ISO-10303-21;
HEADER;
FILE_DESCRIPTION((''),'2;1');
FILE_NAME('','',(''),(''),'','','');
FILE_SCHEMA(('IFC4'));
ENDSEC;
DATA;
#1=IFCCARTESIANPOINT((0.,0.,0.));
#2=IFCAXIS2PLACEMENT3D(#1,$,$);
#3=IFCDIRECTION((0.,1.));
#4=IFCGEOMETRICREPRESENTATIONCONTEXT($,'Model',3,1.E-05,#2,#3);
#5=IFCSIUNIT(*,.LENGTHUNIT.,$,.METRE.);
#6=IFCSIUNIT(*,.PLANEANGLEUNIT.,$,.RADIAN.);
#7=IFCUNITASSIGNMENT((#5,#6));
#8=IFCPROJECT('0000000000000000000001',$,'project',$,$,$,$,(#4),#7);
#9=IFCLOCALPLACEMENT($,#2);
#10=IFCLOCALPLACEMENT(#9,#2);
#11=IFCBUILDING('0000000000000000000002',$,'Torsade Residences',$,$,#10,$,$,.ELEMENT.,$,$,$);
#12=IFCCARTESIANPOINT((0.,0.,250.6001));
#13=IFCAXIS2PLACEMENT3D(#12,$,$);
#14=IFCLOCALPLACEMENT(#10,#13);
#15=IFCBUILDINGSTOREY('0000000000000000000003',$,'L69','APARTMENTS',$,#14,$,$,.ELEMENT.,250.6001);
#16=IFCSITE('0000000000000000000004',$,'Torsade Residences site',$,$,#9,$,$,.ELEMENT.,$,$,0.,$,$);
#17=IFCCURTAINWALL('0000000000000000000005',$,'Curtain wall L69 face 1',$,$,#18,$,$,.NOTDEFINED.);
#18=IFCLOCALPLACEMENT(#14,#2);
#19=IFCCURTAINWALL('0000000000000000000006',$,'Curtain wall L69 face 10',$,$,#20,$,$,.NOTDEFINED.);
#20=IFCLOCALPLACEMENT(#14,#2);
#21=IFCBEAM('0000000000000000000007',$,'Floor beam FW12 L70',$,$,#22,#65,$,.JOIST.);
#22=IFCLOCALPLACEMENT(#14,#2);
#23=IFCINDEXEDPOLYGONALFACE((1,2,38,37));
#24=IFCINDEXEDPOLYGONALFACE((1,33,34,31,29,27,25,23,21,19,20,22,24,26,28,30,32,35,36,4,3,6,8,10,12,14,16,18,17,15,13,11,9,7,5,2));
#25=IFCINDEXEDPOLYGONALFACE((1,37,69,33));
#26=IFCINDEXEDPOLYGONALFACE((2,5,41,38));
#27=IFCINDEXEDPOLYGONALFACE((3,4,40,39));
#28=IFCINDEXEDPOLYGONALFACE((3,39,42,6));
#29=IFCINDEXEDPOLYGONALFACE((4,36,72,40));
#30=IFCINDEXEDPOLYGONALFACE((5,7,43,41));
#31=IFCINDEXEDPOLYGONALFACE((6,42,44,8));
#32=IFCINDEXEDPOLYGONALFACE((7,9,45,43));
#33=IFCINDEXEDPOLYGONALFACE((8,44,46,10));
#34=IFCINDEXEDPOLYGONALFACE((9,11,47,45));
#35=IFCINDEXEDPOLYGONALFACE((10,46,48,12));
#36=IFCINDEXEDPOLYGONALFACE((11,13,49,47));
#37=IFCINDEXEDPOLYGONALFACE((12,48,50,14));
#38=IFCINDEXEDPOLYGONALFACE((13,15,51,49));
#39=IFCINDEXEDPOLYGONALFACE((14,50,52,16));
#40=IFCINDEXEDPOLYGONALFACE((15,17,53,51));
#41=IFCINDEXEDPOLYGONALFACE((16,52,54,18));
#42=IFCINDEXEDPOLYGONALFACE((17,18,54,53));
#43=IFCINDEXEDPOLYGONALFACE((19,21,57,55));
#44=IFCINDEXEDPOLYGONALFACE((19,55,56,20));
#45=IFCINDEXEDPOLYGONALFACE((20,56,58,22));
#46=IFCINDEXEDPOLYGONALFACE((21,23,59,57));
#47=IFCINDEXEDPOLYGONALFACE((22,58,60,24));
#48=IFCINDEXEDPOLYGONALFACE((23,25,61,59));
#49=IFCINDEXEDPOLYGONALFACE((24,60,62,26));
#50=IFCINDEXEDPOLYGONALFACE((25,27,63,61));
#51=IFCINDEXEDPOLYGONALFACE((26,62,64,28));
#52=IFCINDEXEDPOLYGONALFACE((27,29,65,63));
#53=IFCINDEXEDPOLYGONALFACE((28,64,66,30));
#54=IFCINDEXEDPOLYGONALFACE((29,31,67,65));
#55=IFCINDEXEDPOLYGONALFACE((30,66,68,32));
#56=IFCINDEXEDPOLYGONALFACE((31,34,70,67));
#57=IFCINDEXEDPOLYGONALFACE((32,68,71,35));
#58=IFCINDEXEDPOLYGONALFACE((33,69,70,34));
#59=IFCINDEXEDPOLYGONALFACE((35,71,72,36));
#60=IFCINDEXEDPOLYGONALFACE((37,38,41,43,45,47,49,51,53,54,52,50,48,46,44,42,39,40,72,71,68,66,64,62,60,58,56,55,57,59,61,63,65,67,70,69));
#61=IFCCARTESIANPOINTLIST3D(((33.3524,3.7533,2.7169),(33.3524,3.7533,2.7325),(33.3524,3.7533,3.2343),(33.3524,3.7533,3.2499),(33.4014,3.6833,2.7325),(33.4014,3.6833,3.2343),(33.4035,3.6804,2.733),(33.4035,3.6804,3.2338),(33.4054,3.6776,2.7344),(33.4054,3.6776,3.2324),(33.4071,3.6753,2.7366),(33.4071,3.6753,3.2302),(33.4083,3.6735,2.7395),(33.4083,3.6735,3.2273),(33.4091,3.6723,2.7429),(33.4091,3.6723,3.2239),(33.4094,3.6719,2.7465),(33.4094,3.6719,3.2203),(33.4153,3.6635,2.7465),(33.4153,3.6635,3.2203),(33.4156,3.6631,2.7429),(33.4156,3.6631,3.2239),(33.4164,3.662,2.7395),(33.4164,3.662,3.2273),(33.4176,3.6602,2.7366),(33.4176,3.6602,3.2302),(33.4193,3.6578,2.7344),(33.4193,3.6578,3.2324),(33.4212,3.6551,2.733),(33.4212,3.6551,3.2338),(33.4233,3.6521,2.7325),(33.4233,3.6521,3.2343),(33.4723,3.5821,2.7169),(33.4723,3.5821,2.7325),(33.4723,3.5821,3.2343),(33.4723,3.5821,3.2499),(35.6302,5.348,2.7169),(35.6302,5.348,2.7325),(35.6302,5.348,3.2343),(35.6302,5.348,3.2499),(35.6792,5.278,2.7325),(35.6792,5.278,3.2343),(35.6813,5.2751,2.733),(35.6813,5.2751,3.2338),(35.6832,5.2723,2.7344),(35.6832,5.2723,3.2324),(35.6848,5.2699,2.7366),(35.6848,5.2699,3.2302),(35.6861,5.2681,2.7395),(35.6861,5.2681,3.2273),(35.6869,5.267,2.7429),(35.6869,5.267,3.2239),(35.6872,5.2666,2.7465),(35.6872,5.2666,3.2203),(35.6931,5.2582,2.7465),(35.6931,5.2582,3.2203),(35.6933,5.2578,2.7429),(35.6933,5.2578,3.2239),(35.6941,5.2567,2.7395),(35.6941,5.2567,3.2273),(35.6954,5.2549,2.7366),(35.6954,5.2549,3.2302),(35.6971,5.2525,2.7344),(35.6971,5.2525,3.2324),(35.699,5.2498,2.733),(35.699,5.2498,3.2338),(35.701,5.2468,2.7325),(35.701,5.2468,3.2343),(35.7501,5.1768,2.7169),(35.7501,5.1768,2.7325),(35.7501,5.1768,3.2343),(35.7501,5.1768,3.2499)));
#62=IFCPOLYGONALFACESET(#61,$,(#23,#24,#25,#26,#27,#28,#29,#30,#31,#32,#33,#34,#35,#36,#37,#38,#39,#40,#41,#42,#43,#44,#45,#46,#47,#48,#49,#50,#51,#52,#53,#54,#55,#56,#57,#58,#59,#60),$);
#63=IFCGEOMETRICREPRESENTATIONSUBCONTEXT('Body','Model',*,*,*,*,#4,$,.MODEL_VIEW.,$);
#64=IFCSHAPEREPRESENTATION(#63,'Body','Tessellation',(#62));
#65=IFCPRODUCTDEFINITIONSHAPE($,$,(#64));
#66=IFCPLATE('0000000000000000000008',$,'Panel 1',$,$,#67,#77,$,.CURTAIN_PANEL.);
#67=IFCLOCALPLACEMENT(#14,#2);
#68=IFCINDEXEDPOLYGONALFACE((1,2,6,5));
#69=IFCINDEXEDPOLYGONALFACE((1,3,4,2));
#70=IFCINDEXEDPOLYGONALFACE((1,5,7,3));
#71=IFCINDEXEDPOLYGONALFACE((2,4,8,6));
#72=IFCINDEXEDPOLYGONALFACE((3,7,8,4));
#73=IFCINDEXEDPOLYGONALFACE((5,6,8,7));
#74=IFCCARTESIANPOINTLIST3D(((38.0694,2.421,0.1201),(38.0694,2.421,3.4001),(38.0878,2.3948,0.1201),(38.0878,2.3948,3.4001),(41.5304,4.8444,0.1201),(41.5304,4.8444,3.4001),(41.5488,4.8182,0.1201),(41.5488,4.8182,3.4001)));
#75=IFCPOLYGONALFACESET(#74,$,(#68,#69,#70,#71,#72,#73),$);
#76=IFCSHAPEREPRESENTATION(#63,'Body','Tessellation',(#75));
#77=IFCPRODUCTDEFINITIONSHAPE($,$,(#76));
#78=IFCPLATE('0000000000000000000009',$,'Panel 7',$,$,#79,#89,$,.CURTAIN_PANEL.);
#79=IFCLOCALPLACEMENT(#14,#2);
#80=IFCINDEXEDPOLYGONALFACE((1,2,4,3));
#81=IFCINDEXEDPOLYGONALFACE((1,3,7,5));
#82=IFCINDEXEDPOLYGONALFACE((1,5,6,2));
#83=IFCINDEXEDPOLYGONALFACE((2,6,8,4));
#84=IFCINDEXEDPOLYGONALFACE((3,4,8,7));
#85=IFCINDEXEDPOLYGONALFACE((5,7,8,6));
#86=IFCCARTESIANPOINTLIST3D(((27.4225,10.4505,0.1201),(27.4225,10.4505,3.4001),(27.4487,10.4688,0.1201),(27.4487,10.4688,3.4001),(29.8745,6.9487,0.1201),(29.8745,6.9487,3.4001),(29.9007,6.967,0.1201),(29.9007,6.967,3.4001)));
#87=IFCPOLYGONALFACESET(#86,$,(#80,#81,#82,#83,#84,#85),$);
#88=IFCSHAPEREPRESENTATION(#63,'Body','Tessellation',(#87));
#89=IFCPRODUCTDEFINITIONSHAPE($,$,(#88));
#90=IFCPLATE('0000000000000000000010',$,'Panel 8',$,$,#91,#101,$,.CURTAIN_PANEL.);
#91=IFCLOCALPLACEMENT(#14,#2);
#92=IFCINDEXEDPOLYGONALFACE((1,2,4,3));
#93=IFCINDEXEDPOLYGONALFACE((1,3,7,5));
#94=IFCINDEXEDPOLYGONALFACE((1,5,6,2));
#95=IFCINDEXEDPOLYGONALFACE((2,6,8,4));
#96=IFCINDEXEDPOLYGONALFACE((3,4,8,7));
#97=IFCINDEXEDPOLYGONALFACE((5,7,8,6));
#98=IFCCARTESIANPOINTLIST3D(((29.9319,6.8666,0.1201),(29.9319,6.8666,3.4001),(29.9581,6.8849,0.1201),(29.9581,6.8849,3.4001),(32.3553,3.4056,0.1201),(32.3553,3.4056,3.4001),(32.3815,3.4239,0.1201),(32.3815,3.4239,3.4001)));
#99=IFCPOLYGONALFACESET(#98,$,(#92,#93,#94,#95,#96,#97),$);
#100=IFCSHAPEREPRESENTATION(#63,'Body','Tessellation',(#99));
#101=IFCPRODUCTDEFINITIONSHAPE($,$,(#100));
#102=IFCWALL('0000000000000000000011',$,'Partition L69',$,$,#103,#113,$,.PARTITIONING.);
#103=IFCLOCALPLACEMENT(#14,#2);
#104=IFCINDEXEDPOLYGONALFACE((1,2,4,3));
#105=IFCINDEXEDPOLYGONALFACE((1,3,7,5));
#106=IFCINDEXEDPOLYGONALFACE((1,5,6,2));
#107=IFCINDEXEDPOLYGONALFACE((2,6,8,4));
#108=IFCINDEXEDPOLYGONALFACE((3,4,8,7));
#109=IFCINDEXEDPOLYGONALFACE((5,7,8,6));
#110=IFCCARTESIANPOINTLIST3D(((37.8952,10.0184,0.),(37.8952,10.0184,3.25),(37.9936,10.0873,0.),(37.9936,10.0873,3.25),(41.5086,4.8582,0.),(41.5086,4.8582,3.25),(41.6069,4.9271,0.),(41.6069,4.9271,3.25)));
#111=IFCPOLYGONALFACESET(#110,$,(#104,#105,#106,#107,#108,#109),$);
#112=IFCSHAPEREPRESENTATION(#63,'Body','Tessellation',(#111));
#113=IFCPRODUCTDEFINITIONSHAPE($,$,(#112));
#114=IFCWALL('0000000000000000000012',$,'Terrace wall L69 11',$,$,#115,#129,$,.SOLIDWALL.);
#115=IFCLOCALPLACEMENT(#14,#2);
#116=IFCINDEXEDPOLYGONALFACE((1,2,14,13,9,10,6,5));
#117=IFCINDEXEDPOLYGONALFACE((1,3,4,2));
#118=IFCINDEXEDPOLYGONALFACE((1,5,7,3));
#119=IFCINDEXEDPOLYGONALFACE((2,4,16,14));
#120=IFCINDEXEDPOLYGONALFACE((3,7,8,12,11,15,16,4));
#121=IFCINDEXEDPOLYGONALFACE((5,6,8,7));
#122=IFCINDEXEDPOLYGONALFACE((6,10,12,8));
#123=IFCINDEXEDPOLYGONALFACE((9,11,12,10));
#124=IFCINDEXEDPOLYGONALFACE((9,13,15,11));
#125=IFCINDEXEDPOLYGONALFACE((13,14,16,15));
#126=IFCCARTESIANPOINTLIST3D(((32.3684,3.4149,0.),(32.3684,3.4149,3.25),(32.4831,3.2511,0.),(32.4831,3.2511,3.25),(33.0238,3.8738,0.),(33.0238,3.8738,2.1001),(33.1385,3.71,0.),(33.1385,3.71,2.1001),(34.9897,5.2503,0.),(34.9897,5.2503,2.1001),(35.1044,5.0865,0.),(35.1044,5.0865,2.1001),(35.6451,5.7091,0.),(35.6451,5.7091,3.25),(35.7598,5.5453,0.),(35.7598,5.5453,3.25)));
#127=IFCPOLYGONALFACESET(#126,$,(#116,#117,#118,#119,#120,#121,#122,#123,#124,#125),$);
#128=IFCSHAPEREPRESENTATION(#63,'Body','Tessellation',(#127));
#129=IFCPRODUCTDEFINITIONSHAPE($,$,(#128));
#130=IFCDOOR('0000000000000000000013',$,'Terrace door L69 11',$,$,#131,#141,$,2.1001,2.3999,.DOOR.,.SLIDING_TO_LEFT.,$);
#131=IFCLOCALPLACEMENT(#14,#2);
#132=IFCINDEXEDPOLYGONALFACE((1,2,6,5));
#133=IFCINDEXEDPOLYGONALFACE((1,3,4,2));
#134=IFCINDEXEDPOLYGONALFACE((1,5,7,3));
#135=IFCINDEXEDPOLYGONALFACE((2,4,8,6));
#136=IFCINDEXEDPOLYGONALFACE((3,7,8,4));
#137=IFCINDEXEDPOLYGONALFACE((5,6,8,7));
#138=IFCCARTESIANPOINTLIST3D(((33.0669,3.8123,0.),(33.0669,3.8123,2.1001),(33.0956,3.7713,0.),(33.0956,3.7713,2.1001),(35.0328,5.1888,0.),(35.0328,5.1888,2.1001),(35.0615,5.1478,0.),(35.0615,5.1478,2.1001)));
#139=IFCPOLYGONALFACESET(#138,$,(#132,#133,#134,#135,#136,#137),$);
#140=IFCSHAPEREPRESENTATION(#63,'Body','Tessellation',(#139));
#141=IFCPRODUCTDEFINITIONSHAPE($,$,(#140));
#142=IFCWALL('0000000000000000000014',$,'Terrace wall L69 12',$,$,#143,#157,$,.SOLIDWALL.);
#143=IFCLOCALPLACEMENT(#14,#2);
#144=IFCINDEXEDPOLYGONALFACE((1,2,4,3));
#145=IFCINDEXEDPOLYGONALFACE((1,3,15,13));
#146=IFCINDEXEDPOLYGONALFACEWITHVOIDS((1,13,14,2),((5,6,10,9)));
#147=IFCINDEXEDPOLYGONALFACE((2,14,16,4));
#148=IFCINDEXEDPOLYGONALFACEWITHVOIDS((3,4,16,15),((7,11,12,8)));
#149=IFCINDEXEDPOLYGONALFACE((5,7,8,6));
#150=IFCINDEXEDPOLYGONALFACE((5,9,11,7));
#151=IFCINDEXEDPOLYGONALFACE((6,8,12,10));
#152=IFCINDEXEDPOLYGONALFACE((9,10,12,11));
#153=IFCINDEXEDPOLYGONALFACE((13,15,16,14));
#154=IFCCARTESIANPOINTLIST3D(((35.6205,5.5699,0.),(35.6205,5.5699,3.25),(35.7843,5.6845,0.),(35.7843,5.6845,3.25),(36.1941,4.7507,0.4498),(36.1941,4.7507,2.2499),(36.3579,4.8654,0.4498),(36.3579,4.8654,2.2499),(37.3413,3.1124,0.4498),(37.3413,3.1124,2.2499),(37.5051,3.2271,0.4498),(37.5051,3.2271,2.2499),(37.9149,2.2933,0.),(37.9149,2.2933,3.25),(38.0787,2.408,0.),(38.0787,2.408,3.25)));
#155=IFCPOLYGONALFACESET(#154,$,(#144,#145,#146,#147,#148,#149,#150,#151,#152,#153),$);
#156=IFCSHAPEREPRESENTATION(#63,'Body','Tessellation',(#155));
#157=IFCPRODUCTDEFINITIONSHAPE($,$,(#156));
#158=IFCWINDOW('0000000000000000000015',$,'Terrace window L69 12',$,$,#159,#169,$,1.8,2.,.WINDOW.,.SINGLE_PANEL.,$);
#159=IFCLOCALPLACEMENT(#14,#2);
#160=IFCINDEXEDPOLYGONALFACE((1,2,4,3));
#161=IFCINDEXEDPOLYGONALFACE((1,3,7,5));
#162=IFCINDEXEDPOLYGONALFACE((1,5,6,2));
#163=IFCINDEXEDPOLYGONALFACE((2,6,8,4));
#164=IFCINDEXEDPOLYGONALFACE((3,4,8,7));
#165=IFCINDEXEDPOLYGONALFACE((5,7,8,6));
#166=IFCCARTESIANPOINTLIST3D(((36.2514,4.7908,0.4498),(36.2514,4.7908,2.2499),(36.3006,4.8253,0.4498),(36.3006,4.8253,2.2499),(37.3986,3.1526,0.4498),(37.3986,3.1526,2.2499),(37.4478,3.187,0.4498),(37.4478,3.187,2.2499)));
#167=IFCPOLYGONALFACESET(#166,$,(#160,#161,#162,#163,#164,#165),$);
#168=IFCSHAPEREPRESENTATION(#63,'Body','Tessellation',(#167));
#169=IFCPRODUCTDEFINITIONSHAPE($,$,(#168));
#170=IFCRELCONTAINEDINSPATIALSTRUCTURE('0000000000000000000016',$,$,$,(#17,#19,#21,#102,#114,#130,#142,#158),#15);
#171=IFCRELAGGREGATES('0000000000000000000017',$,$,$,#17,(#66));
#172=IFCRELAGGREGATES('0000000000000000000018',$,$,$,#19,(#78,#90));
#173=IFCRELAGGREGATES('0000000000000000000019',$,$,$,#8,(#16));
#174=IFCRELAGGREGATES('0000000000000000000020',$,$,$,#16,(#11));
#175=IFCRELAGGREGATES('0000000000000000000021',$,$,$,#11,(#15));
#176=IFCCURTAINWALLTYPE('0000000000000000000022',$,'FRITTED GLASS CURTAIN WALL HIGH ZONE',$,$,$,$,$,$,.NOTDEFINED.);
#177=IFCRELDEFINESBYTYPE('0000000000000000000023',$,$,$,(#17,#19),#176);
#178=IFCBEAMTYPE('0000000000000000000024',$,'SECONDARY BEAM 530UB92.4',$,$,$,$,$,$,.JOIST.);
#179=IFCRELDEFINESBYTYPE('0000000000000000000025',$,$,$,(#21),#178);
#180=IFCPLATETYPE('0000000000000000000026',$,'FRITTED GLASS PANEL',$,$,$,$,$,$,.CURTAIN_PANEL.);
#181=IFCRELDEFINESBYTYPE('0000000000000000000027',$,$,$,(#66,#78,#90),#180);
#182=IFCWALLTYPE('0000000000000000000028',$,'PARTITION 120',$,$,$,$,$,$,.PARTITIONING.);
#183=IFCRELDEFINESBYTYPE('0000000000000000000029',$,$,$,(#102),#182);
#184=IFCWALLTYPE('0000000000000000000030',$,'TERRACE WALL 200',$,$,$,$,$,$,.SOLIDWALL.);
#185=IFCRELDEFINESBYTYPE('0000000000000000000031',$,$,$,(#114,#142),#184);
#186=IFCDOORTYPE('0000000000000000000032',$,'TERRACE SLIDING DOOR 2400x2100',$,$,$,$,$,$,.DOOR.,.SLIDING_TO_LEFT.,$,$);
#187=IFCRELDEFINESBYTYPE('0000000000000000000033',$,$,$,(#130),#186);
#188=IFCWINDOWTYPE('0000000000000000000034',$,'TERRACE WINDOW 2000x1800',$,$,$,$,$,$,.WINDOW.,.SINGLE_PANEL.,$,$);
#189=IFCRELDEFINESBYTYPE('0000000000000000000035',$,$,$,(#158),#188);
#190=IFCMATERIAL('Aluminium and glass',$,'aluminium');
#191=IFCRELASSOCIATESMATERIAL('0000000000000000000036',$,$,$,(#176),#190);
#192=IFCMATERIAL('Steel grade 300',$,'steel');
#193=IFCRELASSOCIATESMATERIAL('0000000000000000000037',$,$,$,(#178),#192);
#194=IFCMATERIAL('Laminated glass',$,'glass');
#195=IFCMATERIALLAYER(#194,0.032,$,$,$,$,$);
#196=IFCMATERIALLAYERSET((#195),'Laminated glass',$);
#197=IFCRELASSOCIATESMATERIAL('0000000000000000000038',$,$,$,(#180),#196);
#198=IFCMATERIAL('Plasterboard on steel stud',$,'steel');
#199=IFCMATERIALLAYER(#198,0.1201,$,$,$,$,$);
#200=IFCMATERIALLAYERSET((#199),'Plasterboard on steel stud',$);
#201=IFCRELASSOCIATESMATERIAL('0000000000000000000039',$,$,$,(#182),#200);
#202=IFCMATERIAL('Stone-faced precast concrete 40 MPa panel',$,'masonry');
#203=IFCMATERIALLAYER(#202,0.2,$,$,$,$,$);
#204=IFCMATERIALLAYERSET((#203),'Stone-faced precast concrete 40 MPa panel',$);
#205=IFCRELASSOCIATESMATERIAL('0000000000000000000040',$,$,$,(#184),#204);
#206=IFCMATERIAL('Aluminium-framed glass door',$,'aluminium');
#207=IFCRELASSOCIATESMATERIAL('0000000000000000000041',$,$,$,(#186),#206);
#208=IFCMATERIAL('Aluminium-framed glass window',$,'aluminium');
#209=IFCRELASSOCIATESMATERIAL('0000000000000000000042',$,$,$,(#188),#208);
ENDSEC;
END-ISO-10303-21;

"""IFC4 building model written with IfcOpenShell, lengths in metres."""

from ifc_helpers import new_model, si_unit, direction, frame, frame_2d, origin, origin_2d, place, context, subcontext, project, spatial, rectangle, i_section, extrude, material, layer, layer_set, material_profile, profile_set, type_object, element, fill, aggregate, save


model = new_model("IFC4")

# Units and contexts
model_context = context("Model", 3, precision=1e-05, world=origin(), true_north=direction((0.0, 1.0)))
body_context = subcontext(model_context, "Body", "Model", "MODEL_VIEW")
ifc_project = project(units=[si_unit("LENGTHUNIT", "METRE"), si_unit("PLANEANGLEUNIT", "RADIAN")], contexts=[model_context])

# Site, building, storey
site_placement = place(None, origin())
site = spatial("IfcSite", under=ifc_project, at=site_placement, Name="Torsade Residences site", CompositionType="ELEMENT", RefElevation=0.0)
building_placement = place(site_placement, origin())
building = spatial("IfcBuilding", under=site, at=building_placement, Name="Torsade Residences", CompositionType="ELEMENT")
storey_placement = place(building_placement, frame((0.0, 0.0, 250.6001)))
storey = spatial("IfcBuildingStorey", under=building, at=storey_placement, Name="L69", Description="APARTMENTS", CompositionType="ELEMENT", Elevation=250.6001)

# Curtain wall
ifc_material_1 = material(Name="Aluminium and glass", Category="aluminium")
curtain_wall_type = type_object("IfcCurtainWallType", Name="FRITTED GLASS CURTAIN WALL HIGH ZONE", PredefinedType="NOTDEFINED", material=ifc_material_1)
curtain_wall_1_placement = place(storey_placement, origin())
curtain_wall_1 = element("IfcCurtainWall", 1, at=curtain_wall_1_placement, inside=storey, type_object=curtain_wall_type, Name="Curtain wall L69 face 1", PredefinedType="NOTDEFINED")

# Curtain wall
curtain_wall_2_placement = place(storey_placement, origin())
curtain_wall_2 = element("IfcCurtainWall", 2, at=curtain_wall_2_placement, inside=storey, type_object=curtain_wall_type, Name="Curtain wall L69 face 10", PredefinedType="NOTDEFINED")

# Beam
ifc_material_2 = material(Name="Steel grade 300", Category="steel")
ifc_material_profile_1 = material_profile(ifc_material_2, i_section(OverallWidth=0.209, OverallDepth=0.533, WebThickness=0.0103, FlangeThickness=0.0156, FilletRadius=0.0139, at=origin_2d()), Name="530UB92.4")
ifc_profile_set_1 = profile_set([ifc_material_profile_1], Name="Steel grade 300")
beam_type_1 = type_object("IfcBeamType", Name="SECONDARY BEAM 530UB92.4", PredefinedType="JOIST", material=ifc_profile_set_1)
beam_1_placement = place(storey_placement, frame((33.4124, 3.6677, 2.9834), z_axis=(0.819191, 0.573521, 0.0), x_axis=(-0.573521, 0.819191, 0.0)))
element("IfcBeam", 3, at=beam_1_placement, inside=storey, type_object=beam_type_1, Name="Floor beam FW12 L70", PredefinedType="JOIST", context=body_context, shape_type="SweptSolid", body=[
    extrude(i_section(OverallWidth=0.209, OverallDepth=0.533, WebThickness=0.0103, FlangeThickness=0.0156, FilletRadius=0.0139, at=origin_2d()), origin(), (0.0, 0.0, 1.0), 2.7805),
])

# Plates
ifc_material_3 = material(Name="Laminated glass", Category="glass")
ifc_layer_1 = layer(ifc_material_3, 0.032)
ifc_layer_set_1 = layer_set([ifc_layer_1], Name="Laminated glass")
plate_type = type_object("IfcPlateType", Name="FRITTED GLASS PANEL", PredefinedType="CURTAIN_PANEL", material=ifc_layer_set_1)
plate_1_placement = place(storey_placement, frame((39.8091, 3.6196, 0.1201), z_axis=(0.0, 0.0, 1.0), x_axis=(0.819152, 0.573576, 0.0)))
plate_1 = element("IfcPlate", 4, at=plate_1_placement, type_object=plate_type, Name="Panel 1", PredefinedType="CURTAIN_PANEL", context=body_context, shape_type="SweptSolid", body=[
    extrude(rectangle(XDim=4.2251, YDim=0.032, at=origin_2d()), origin(), (0.0, 0.0, 1.0), 3.28),
])
aggregate(curtain_wall_1, [plate_1])
plate_2_placement = place(storey_placement, frame((28.6616, 8.7087, 0.1201), z_axis=(0.0, 0.0, 1.0), x_axis=(0.573576, -0.819152, 0.0)))
plate_2 = element("IfcPlate", 5, at=plate_2_placement, type_object=plate_type, Name="Panel 7", PredefinedType="CURTAIN_PANEL", context=body_context, shape_type="SweptSolid", body=[
    extrude(rectangle(XDim=4.2749, YDim=0.032, at=origin_2d()), origin(), (0.0, 0.0, 1.0), 3.28),
])
plate_3_placement = place(storey_placement, frame((31.1567, 5.1453, 0.1201), z_axis=(0.0, 0.0, 1.0), x_axis=(0.573576, -0.819152, 0.0)))
plate_3 = element("IfcPlate", 6, at=plate_3_placement, type_object=plate_type, Name="Panel 8", PredefinedType="CURTAIN_PANEL", context=body_context, shape_type="SweptSolid", body=[
    extrude(rectangle(XDim=4.2251, YDim=0.032, at=origin_2d()), origin(), (0.0, 0.0, 1.0), 3.28),
])
aggregate(curtain_wall_2, [plate_2, plate_3])

# Wall
ifc_material_4 = material(Name="Plasterboard on steel stud", Category="steel")
ifc_layer_2 = layer(ifc_material_4, 0.1201)
ifc_layer_set_2 = layer_set([ifc_layer_2], Name="Plasterboard on steel stud")
wall_type_1 = type_object("IfcWallType", Name="PARTITION 120", PredefinedType="PARTITIONING", material=ifc_layer_set_2)
wall_1_placement = place(storey_placement, frame((37.9443, 10.053, 0.0), z_axis=(0.0, 0.0, 1.0), x_axis=(0.573587, -0.819145, 0.0)))
element("IfcWall", 7, at=wall_1_placement, inside=storey, type_object=wall_type_1, Name="Partition L69", PredefinedType="PARTITIONING", context=body_context, shape_type="SweptSolid", body=[
    extrude(rectangle(XDim=6.2996, YDim=0.1201, at=frame_2d((3.1499, 0.0))), origin(), (0.0, 0.0, 1.0), 3.25),
])

# Wall, opening, door
ifc_material_5 = material(Name="Stone-faced precast concrete 40 MPa panel", Category="masonry")
ifc_layer_3 = layer(ifc_material_5, 0.2)
ifc_layer_set_3 = layer_set([ifc_layer_3], Name="Stone-faced precast concrete 40 MPa panel")
wall_type_2 = type_object("IfcWallType", Name="TERRACE WALL 200", PredefinedType="SOLIDWALL", material=ifc_layer_set_3)
wall_2_placement = place(storey_placement, frame((32.4258, 3.333, 0.0), z_axis=(0.0, 0.0, 1.0), x_axis=(0.819166, 0.573557, 0.0)))
wall_2 = element("IfcWall", 8, at=wall_2_placement, inside=storey, type_object=wall_type_2, Name="Terrace wall L69 11", PredefinedType="SOLIDWALL", context=body_context, shape_type="SweptSolid", body=[
    extrude(rectangle(XDim=4.0, YDim=0.2, at=frame_2d((2.0, 0.0))), origin(), (0.0, 0.0, 1.0), 3.25),
])
opening_1_placement = place(wall_2_placement, frame((0.8, 0.0, 0.0)))
opening_1 = element("IfcOpeningElement", 9, at=opening_1_placement, cuts=wall_2, PredefinedType="OPENING", context=body_context, shape_type="SweptSolid", body=[
    extrude(rectangle(XDim=2.3999, YDim=2.1001, at=frame_2d((1.2, 1.05))), frame((0.0, 0.1099, 0.0), z_axis=(0.0, -1.0, 0.0), x_axis=(1.0, 0.0, 0.0)), (0.0, 0.0, 1.0), 0.22),
])
ifc_material_6 = material(Name="Aluminium-framed glass door", Category="aluminium")
door_type = type_object("IfcDoorType", Name="TERRACE SLIDING DOOR 2400x2100", OperationType="SLIDING_TO_LEFT", PredefinedType="DOOR", material=ifc_material_6)
door_placement = place(opening_1_placement, origin())
door = element("IfcDoor", 10, at=door_placement, inside=storey, type_object=door_type, Name="Terrace door L69 11", OperationType="SLIDING_TO_LEFT", OverallHeight=2.1001, OverallWidth=2.3999, PredefinedType="DOOR", context=body_context, shape_type="SweptSolid", body=[
    extrude(rectangle(XDim=2.3999, YDim=2.1001, at=frame_2d((1.2, 1.05))), frame((0.0, 0.0249, 0.0), z_axis=(0.0, -1.0, 0.0), x_axis=(1.0, 0.0, 0.0)), (0.0, 0.0, 1.0), 0.05),
])
fill(opening_1, door)

# Wall, opening, window
wall_3_placement = place(storey_placement, frame((35.7024, 5.6272, 0.0), z_axis=(0.0, 0.0, 1.0), x_axis=(0.573598, -0.819137, 0.0)))
wall_3 = element("IfcWall", 11, at=wall_3_placement, inside=storey, type_object=wall_type_2, Name="Terrace wall L69 12", PredefinedType="SOLIDWALL", context=body_context, shape_type="SweptSolid", body=[
    extrude(rectangle(XDim=4.0, YDim=0.2, at=frame_2d((2.0, 0.0))), origin(), (0.0, 0.0, 1.0), 3.25),
])
opening_2_placement = place(wall_3_placement, frame((1.0, 0.0, 0.45)))
opening_2 = element("IfcOpeningElement", 12, at=opening_2_placement, cuts=wall_3, PredefinedType="OPENING", context=body_context, shape_type="SweptSolid", body=[
    extrude(rectangle(XDim=2.0, YDim=1.8, at=frame_2d((1.0, 0.8999))), frame((0.0, 0.1099, 0.0), z_axis=(0.0, -1.0, 0.0), x_axis=(1.0, 0.0, 0.0)), (0.0, 0.0, 1.0), 0.22),
])
ifc_material_7 = material(Name="Aluminium-framed glass window", Category="aluminium")
window_type = type_object("IfcWindowType", Name="TERRACE WINDOW 2000x1800", PartitioningType="SINGLE_PANEL", PredefinedType="WINDOW", material=ifc_material_7)
window_placement = place(opening_2_placement, origin())
window = element("IfcWindow", 13, at=window_placement, inside=storey, type_object=window_type, Name="Terrace window L69 12", OverallHeight=1.8, OverallWidth=2.0, PartitioningType="SINGLE_PANEL", PredefinedType="WINDOW", context=body_context, shape_type="SweptSolid", body=[
    extrude(rectangle(XDim=2.0, YDim=1.8, at=frame_2d((1.0, 0.8999))), frame((0.0, 0.03, 0.0), z_axis=(0.0, -1.0, 0.0), x_axis=(1.0, 0.0, 0.0)), (0.0, 0.0, 1.0), 0.0601),
])
fill(opening_2, window)

save(model, "model.ifc")
